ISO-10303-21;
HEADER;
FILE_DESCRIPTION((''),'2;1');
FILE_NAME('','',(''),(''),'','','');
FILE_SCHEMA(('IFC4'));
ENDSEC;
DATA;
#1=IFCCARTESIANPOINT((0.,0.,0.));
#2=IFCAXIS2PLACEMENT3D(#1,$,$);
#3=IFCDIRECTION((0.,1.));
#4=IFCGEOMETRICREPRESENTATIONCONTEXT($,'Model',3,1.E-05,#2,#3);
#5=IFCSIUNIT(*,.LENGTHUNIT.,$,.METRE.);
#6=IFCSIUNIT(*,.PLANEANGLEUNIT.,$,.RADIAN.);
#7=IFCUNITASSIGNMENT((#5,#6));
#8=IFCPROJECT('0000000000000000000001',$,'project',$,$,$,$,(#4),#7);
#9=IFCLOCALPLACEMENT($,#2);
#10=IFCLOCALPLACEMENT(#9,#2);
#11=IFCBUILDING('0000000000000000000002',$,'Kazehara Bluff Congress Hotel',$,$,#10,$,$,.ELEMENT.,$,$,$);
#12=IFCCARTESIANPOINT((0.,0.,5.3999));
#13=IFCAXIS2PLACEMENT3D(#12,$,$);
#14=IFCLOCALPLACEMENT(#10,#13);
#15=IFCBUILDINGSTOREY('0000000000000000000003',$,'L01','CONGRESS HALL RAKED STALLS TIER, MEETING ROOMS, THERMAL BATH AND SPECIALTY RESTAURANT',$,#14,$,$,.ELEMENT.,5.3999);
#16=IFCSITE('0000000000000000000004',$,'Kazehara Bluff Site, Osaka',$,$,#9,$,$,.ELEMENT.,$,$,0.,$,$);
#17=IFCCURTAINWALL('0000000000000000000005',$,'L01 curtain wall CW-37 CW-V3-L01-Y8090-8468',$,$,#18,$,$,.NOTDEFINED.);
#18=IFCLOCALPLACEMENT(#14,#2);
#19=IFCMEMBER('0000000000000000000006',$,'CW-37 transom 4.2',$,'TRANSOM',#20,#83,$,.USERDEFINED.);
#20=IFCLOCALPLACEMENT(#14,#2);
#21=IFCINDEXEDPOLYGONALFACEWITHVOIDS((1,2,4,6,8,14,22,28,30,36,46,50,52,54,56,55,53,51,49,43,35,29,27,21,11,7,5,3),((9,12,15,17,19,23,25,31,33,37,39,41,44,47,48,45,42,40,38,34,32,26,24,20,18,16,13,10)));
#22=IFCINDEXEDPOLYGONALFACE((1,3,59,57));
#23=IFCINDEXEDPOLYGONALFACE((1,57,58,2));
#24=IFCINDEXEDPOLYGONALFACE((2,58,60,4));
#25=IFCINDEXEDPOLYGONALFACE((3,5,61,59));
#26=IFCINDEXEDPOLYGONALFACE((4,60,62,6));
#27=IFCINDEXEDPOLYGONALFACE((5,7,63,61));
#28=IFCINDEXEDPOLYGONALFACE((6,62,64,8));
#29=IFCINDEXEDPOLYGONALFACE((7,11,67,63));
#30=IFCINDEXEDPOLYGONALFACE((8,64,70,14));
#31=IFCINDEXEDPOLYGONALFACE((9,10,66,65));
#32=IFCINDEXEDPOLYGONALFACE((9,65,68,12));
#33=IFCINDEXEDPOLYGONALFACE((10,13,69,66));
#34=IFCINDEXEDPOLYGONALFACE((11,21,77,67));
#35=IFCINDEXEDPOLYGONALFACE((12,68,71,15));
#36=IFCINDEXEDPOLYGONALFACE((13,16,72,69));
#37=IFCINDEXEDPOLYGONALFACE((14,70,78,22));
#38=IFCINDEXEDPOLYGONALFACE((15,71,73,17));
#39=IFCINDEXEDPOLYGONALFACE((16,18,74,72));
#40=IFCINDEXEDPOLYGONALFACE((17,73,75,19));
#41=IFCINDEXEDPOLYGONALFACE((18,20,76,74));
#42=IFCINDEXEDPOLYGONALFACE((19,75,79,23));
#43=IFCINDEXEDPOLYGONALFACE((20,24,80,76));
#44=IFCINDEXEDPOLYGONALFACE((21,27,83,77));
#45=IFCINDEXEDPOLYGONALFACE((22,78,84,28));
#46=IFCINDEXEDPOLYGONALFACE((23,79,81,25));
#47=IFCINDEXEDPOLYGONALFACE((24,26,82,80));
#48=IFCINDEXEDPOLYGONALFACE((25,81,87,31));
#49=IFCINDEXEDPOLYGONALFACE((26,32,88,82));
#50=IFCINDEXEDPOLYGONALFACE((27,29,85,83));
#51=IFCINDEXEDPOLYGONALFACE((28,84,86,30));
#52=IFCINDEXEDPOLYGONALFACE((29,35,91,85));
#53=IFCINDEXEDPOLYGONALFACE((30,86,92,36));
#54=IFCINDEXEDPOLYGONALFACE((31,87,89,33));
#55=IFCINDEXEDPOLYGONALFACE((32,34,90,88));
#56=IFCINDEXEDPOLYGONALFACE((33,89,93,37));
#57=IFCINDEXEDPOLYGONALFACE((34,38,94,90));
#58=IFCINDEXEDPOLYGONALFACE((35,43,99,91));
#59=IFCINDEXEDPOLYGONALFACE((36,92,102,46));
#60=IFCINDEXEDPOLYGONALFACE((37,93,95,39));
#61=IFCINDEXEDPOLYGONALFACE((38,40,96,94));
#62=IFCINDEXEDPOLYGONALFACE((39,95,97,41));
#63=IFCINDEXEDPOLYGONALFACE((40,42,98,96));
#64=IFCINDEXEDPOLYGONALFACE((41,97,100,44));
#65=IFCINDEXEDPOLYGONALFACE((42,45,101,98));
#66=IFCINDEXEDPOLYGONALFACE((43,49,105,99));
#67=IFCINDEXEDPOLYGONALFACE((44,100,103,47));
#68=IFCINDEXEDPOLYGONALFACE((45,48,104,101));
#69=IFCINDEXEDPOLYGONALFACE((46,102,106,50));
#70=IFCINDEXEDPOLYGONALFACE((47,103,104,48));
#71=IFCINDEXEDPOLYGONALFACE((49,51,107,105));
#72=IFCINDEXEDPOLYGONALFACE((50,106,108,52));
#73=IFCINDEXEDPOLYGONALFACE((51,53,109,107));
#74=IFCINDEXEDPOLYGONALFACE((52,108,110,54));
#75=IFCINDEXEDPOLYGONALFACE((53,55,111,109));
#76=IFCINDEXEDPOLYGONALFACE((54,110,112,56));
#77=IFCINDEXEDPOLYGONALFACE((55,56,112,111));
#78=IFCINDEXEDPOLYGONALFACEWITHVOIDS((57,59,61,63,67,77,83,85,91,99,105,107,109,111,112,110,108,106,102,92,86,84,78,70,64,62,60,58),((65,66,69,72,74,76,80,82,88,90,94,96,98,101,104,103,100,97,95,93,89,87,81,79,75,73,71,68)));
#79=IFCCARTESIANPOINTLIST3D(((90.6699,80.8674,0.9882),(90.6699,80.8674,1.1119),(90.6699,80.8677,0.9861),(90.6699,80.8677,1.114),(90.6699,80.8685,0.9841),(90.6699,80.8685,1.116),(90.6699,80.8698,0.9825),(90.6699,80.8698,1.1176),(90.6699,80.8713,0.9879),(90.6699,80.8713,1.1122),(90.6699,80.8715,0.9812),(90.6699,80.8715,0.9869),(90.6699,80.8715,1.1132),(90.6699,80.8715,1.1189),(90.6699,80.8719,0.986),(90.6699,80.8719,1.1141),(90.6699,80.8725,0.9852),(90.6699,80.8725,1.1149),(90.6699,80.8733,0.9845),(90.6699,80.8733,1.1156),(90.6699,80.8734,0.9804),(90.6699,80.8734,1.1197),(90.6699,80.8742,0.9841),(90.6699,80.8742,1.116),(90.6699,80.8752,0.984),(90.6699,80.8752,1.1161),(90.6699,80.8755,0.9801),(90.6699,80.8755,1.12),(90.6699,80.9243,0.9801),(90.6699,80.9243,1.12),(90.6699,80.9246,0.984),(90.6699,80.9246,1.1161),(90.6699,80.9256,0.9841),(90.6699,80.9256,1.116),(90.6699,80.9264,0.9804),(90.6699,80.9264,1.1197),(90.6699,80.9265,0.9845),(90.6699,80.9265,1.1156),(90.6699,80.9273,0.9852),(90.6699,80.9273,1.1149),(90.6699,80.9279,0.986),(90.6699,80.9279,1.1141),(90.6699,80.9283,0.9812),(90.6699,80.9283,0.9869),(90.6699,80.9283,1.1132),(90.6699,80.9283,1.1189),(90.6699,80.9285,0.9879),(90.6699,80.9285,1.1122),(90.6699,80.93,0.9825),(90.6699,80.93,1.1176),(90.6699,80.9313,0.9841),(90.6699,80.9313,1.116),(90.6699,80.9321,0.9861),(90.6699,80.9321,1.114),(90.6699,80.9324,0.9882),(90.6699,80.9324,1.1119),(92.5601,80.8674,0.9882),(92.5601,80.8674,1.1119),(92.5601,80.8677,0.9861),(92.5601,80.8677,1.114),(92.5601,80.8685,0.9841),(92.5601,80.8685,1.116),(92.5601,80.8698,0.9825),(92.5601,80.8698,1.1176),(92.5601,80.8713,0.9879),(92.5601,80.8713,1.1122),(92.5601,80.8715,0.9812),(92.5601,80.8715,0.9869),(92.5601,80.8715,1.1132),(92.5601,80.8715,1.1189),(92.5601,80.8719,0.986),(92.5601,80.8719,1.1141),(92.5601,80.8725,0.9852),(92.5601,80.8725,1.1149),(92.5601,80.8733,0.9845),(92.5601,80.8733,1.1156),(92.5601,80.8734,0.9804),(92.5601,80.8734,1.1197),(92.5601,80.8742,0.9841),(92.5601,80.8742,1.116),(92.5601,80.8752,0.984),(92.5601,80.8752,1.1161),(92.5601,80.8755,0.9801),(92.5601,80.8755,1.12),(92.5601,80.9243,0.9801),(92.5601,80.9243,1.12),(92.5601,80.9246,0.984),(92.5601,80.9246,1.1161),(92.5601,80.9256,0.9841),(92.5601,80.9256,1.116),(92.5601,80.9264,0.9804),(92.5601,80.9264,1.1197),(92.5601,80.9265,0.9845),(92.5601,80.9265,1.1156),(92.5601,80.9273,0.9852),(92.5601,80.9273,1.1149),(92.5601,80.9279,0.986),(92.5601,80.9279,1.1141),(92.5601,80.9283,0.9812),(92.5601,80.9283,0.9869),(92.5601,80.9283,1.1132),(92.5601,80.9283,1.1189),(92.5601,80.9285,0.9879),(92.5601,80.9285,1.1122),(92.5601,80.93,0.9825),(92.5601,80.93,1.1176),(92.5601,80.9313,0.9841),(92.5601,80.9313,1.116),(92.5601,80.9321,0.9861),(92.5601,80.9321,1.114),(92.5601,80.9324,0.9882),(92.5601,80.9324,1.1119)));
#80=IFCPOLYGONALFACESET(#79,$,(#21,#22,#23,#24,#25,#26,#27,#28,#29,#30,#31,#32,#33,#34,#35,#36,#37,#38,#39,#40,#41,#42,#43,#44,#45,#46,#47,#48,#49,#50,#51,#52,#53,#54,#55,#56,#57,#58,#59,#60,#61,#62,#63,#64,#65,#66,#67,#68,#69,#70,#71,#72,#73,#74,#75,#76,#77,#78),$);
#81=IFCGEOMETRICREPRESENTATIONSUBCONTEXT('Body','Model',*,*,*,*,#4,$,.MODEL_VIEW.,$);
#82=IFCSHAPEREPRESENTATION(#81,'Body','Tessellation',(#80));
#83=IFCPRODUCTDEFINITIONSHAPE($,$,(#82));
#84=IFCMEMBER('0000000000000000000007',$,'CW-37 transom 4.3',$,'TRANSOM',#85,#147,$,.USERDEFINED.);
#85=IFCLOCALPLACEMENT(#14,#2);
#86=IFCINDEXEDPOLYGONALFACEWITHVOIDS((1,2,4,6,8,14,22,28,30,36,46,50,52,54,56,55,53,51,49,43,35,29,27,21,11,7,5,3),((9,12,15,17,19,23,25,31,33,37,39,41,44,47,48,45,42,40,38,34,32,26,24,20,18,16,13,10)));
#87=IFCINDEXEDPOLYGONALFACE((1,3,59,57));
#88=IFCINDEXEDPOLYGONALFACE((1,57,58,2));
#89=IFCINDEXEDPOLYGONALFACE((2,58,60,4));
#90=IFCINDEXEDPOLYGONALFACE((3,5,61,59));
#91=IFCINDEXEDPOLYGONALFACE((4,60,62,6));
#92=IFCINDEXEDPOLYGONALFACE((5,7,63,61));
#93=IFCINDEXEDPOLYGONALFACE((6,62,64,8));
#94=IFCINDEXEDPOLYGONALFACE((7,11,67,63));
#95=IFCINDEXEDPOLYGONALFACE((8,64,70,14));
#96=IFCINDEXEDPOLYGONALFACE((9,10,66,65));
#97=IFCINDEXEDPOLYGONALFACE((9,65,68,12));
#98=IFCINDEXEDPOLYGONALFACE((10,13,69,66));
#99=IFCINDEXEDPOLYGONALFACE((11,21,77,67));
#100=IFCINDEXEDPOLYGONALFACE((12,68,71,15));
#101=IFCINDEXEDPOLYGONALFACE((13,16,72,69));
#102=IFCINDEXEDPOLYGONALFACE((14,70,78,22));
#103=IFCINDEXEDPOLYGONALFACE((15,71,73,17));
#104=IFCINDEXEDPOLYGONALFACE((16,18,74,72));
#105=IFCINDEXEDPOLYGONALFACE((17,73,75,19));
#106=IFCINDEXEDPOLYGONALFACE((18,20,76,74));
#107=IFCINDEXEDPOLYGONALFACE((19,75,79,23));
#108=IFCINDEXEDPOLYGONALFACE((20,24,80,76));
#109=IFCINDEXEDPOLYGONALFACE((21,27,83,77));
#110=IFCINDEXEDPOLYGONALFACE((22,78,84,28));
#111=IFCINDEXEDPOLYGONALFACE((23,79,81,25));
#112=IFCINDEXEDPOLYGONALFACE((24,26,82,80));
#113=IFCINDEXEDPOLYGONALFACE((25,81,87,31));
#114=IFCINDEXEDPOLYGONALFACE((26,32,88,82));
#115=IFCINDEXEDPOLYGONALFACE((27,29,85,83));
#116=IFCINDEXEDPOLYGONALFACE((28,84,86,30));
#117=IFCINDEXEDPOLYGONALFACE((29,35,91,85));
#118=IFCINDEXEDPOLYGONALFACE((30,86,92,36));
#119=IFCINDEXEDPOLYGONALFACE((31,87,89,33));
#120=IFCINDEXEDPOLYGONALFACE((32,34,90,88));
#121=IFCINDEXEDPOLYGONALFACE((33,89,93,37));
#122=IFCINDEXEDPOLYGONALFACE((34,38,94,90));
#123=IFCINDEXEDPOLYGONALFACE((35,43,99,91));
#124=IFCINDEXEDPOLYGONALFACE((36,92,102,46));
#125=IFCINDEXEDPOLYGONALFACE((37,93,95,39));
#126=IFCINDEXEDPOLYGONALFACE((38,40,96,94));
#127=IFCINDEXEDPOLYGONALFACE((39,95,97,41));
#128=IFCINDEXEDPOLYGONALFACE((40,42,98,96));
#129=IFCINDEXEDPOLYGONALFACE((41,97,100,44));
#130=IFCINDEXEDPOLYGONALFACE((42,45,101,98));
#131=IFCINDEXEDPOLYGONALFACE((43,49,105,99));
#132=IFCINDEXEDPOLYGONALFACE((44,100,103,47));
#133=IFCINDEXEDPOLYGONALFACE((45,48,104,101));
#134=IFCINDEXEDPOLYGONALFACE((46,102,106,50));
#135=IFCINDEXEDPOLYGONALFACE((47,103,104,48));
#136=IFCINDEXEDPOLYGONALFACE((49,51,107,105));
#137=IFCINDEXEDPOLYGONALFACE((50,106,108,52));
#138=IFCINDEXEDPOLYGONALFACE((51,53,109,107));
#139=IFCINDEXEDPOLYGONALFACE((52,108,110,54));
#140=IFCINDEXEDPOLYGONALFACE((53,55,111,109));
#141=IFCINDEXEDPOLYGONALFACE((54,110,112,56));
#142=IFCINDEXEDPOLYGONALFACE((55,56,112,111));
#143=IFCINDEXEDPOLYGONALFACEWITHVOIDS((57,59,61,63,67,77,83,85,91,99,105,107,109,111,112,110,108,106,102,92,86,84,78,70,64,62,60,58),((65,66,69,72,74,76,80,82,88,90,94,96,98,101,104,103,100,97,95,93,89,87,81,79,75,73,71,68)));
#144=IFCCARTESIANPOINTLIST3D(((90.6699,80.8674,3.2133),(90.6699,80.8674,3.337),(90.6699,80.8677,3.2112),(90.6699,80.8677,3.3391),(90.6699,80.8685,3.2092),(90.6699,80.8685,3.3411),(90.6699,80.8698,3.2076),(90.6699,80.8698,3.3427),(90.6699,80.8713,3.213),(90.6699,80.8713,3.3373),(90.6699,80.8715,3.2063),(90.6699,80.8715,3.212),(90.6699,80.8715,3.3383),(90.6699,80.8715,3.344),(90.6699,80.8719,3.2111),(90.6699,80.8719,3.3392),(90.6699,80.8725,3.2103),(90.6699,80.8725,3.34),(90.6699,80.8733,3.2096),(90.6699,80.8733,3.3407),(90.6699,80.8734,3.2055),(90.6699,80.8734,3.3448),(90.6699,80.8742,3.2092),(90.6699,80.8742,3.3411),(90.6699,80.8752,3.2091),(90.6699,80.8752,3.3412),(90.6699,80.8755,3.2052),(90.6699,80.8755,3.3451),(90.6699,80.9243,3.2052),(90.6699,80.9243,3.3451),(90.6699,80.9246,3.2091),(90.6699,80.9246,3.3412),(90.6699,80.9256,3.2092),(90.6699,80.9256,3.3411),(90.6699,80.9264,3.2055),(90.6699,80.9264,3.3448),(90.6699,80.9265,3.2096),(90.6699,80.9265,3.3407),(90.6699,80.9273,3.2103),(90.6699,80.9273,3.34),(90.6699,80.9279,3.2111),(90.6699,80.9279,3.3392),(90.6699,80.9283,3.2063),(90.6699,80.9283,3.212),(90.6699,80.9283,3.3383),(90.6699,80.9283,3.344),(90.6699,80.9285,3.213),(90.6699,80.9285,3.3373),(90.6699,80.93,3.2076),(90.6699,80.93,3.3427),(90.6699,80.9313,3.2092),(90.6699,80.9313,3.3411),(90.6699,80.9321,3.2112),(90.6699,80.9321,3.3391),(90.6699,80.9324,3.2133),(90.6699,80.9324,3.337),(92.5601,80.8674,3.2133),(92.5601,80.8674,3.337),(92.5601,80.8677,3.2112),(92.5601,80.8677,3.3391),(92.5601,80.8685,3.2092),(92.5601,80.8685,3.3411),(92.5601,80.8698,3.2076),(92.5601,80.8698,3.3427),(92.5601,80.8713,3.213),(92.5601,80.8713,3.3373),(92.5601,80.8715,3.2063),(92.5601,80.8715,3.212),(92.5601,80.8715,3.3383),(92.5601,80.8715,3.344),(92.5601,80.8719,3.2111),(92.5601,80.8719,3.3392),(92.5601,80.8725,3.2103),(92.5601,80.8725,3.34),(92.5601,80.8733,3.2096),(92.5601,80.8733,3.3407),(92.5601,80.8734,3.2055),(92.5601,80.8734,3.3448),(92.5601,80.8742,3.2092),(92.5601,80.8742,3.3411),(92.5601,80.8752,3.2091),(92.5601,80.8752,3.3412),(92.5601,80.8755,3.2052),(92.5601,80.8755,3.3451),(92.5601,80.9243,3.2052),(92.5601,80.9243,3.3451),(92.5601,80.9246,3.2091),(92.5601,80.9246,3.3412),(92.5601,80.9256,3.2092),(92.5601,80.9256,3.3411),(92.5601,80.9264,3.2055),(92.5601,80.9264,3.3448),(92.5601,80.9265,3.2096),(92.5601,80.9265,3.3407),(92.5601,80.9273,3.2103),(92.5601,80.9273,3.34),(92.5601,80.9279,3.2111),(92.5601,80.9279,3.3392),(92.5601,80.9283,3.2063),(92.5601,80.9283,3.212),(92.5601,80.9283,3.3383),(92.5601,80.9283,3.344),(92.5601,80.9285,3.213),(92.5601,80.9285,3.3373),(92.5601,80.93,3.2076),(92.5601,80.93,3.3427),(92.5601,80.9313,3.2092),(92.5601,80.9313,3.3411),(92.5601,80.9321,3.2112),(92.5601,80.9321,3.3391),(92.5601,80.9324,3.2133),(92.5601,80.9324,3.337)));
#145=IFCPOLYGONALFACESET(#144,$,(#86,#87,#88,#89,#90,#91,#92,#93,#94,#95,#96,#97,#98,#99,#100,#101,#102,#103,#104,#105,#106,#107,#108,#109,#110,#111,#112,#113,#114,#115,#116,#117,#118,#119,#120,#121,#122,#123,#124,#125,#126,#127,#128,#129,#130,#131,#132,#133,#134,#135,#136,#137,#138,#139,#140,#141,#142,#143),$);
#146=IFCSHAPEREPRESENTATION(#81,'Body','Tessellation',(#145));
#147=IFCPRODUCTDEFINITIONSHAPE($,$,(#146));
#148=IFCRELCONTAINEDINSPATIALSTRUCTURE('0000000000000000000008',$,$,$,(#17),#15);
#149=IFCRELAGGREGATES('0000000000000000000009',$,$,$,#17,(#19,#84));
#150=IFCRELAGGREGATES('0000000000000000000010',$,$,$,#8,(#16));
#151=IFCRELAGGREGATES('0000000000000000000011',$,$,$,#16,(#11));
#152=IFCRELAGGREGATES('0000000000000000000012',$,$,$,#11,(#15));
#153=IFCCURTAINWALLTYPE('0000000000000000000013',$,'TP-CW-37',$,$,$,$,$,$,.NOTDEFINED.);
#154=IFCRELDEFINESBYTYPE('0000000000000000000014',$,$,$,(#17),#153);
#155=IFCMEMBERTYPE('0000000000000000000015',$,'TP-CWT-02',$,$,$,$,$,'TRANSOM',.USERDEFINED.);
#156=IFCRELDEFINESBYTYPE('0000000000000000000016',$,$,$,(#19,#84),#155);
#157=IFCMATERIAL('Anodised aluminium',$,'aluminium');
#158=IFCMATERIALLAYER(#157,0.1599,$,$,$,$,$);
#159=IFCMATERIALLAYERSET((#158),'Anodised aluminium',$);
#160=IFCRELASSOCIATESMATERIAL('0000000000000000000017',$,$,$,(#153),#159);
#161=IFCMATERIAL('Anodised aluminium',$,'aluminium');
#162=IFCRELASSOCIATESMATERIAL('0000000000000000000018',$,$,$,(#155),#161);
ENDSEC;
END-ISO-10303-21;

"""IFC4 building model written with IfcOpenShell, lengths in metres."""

from ifc_helpers import new_model, si_unit, direction, frame, origin, origin_2d, place, context, subcontext, project, spatial, hollow_rectangle, extrude, material, layer, layer_set, material_profile, profile_set, type_object, element, aggregate, save


model = new_model("IFC4")

# Units and contexts
model_context = context("Model", 3, precision=1e-05, world=origin(), true_north=direction((0.0, 1.0)))
body_context = subcontext(model_context, "Body", "Model", "MODEL_VIEW")
ifc_project = project(units=[si_unit("LENGTHUNIT", "METRE"), si_unit("PLANEANGLEUNIT", "RADIAN")], contexts=[model_context])

# Site, building, storey
site_placement = place(None, origin())
site = spatial("IfcSite", under=ifc_project, at=site_placement, Name="Kazehara Bluff Site, Osaka", CompositionType="ELEMENT", RefElevation=0.0)
building_placement = place(site_placement, origin())
building = spatial("IfcBuilding", under=site, at=building_placement, Name="Kazehara Bluff Congress Hotel", CompositionType="ELEMENT")
storey_placement = place(building_placement, frame((0.0, 0.0, 5.3999)))
storey = spatial("IfcBuildingStorey", under=building, at=storey_placement, Name="L01", Description="CONGRESS HALL RAKED STALLS TIER, MEETING ROOMS, THERMAL BATH AND SPECIALTY RESTAURANT", CompositionType="ELEMENT", Elevation=5.3999)

# Curtain wall
ifc_material_1 = material(Name="Anodised aluminium", Category="aluminium")
ifc_layer_1 = layer(ifc_material_1, 0.1599)
ifc_layer_set_1 = layer_set([ifc_layer_1], Name="Anodised aluminium")
curtain_wall_type = type_object("IfcCurtainWallType", Name="TP-CW-37", PredefinedType="NOTDEFINED", material=ifc_layer_set_1)
curtain_wall_1_placement = place(storey_placement, origin())
curtain_wall_1 = element("IfcCurtainWall", 1, at=curtain_wall_1_placement, inside=storey, type_object=curtain_wall_type, Name="L01 curtain wall CW-37 CW-V3-L01-Y8090-8468", PredefinedType="NOTDEFINED")

# Members
ifc_material_2 = material(Name="Anodised aluminium", Category="aluminium")
ifc_material_profile_1 = material_profile(ifc_material_2, hollow_rectangle(XDim=0.0649, YDim=0.1399, WallThickness=0.0039, InnerFilletRadius=0.0039, OuterFilletRadius=0.0081, at=origin_2d()))
ifc_profile_set_1 = profile_set([ifc_material_profile_1], Name="Anodised aluminium")
member_type_1 = type_object("IfcMemberType", Name="TP-CWT-02", ElementType="TRANSOM", PredefinedType="USERDEFINED", material=ifc_profile_set_1)
member_1_placement = place(storey_placement, frame((90.6699, 80.8999, 1.05), z_axis=(1.0, 0.0, 0.0), x_axis=(0.0, 1.0, 0.0)))
member_1 = element("IfcMember", 2, at=member_1_placement, type_object=member_type_1, Name="CW-37 transom 4.2", ObjectType="TRANSOM", PredefinedType="USERDEFINED", context=body_context, shape_type="SweptSolid", body=[
    extrude(hollow_rectangle(XDim=0.0649, YDim=0.1399, WallThickness=0.0039, InnerFilletRadius=0.0039, OuterFilletRadius=0.0081, at=origin_2d()), origin(), (0.0, 0.0, 1.0), 1.8901),
])
member_2_placement = place(storey_placement, frame((90.6699, 80.8999, 3.2751), z_axis=(1.0, 0.0, 0.0), x_axis=(0.0, 1.0, 0.0)))
member_2 = element("IfcMember", 3, at=member_2_placement, type_object=member_type_1, Name="CW-37 transom 4.3", ObjectType="TRANSOM", PredefinedType="USERDEFINED", context=body_context, shape_type="SweptSolid", body=[
    extrude(hollow_rectangle(XDim=0.0649, YDim=0.1399, WallThickness=0.0039, InnerFilletRadius=0.0039, OuterFilletRadius=0.0081, at=origin_2d()), origin(), (0.0, 0.0, 1.0), 1.8901),
])

aggregate(curtain_wall_1, [member_1, member_2])

save(model, "model.ifc")
